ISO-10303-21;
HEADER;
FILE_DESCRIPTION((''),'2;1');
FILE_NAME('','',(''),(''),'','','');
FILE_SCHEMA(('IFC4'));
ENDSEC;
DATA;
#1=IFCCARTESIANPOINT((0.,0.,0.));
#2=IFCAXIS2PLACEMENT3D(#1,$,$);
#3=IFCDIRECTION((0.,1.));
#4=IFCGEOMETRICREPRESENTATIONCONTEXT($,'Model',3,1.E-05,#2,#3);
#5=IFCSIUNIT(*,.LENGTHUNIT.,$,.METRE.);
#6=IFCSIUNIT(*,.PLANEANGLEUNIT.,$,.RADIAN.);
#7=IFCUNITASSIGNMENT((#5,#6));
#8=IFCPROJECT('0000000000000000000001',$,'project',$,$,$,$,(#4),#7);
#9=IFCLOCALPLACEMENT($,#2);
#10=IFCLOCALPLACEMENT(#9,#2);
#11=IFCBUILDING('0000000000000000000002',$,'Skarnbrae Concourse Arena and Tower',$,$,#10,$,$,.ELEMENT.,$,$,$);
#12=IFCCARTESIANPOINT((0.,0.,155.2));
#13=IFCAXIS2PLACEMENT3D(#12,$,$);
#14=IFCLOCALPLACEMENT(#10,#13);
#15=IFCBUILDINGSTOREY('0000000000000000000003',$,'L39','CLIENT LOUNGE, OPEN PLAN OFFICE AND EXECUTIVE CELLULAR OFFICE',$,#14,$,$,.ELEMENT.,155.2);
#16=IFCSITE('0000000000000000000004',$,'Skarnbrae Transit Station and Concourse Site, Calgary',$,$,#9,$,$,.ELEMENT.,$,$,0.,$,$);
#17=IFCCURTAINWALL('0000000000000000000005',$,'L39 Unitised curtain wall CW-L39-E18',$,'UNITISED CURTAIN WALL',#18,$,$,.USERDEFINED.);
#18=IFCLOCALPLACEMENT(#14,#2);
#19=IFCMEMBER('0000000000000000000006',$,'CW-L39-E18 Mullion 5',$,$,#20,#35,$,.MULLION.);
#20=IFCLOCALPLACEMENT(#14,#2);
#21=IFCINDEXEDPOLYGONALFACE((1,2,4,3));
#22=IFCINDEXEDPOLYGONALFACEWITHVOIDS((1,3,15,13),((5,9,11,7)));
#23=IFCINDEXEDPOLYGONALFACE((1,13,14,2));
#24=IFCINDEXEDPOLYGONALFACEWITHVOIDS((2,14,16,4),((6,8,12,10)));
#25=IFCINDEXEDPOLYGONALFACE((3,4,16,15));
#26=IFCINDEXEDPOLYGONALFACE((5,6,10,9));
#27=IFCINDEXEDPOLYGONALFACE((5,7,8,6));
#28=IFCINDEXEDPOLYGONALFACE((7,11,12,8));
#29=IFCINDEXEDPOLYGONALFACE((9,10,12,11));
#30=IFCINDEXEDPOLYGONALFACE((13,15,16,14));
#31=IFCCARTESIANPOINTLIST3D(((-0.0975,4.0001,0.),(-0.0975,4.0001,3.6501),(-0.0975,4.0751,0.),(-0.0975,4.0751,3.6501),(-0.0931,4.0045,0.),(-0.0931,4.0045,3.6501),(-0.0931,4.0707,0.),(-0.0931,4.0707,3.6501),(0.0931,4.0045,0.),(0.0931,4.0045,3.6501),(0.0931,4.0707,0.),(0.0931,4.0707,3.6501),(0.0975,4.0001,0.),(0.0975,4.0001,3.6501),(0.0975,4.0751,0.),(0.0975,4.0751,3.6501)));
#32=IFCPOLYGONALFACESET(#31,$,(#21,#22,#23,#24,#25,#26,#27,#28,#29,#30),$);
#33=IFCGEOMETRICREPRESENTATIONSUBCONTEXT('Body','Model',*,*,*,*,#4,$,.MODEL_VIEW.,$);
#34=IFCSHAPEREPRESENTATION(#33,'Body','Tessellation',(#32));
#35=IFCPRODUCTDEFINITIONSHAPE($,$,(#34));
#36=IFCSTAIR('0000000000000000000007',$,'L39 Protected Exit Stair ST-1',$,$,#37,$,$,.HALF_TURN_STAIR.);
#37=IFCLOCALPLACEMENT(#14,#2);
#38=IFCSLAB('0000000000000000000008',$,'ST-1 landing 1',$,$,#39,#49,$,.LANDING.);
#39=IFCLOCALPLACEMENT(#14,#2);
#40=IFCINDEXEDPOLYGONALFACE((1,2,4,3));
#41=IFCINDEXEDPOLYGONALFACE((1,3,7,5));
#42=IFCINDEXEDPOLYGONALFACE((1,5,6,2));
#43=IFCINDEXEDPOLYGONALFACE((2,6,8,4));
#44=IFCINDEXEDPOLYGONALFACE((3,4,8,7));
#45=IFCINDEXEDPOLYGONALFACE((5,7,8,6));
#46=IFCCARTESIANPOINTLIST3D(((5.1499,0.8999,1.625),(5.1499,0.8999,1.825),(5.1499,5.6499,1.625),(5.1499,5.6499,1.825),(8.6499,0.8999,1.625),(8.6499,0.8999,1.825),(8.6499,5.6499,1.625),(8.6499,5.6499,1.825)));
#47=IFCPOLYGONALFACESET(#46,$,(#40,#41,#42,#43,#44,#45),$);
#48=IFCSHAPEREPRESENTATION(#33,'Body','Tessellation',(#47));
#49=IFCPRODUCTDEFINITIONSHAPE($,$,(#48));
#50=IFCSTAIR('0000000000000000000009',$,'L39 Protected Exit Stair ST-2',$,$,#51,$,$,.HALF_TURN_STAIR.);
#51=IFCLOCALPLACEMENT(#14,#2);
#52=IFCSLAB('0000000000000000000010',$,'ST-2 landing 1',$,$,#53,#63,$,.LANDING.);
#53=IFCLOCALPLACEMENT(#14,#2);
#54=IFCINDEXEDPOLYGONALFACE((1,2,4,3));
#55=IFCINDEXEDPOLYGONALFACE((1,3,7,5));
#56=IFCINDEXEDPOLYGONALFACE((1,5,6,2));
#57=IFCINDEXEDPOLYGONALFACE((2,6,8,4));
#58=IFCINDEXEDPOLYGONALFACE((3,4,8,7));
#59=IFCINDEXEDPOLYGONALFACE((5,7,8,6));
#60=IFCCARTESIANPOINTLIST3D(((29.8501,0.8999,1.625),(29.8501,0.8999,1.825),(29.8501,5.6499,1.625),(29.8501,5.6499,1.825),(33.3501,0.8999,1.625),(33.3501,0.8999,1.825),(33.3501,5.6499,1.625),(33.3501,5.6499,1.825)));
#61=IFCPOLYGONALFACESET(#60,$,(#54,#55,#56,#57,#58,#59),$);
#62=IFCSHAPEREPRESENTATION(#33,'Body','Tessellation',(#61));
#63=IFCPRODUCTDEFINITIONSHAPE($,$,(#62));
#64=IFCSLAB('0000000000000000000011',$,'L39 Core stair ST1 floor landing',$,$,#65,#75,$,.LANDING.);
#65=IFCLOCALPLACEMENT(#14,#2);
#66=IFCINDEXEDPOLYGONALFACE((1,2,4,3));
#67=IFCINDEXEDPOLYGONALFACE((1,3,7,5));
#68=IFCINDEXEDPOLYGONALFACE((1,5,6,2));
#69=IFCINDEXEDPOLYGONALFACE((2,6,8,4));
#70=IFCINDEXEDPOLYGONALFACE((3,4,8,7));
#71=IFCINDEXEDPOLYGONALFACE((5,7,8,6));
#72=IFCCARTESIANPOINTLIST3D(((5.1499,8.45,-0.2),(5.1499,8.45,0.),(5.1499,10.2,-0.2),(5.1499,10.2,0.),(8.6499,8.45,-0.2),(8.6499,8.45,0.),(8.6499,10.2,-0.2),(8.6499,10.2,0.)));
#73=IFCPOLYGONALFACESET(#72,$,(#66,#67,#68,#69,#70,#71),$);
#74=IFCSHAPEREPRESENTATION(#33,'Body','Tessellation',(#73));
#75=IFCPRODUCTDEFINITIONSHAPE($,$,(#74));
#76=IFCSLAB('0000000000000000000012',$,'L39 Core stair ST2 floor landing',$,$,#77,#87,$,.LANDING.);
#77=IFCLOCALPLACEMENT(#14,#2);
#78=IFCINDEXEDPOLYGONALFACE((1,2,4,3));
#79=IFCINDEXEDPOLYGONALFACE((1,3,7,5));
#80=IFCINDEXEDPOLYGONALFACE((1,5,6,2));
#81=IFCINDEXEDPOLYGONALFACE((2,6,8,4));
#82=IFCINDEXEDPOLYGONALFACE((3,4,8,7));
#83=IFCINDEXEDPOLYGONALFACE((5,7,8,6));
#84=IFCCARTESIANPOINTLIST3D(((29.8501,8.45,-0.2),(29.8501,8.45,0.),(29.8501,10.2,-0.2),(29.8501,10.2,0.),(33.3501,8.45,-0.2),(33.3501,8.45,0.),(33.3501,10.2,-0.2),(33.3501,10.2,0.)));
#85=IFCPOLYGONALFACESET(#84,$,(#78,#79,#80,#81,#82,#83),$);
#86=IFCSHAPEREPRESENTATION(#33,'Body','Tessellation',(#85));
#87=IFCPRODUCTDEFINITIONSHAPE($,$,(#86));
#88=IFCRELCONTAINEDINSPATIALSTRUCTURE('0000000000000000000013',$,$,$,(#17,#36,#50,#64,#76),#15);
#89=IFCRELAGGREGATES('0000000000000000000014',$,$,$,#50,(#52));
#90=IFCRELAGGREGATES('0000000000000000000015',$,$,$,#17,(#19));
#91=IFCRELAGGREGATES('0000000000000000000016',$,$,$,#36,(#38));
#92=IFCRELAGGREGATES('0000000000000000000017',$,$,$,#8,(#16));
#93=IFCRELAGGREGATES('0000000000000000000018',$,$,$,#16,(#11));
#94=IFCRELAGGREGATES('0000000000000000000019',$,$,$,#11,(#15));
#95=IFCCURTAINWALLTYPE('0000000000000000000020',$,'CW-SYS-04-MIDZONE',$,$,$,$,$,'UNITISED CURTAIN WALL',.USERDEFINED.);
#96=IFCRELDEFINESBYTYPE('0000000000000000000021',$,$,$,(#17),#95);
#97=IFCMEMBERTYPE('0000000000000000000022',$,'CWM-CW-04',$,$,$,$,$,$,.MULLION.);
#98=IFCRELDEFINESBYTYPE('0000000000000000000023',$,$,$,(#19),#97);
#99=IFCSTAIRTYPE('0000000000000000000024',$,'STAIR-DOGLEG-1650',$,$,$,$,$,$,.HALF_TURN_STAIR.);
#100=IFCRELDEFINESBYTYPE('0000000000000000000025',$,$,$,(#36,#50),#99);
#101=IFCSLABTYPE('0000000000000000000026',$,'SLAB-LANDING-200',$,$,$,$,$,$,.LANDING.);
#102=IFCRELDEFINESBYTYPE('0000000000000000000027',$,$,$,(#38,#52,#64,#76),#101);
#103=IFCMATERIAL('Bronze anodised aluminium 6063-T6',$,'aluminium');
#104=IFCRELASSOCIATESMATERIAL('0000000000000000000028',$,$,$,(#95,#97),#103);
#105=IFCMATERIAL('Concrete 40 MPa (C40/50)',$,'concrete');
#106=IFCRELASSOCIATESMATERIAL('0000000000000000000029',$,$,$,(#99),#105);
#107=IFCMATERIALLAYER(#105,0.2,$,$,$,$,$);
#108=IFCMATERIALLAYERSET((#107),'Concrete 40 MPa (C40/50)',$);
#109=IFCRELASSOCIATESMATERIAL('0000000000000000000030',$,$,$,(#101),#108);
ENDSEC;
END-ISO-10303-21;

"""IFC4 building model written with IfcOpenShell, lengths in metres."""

from ifc_helpers import new_model, si_unit, direction, frame, origin, origin_2d, place, context, subcontext, project, spatial, polyline, hollow_rectangle, outline, extrude, source, transform, mapped, material, layer, layer_set, material_profile, profile_set, type_object, element, aggregate, save


model = new_model("IFC4")

# Units and contexts
model_context = context("Model", 3, precision=1e-05, world=origin(), true_north=direction((0.0, 1.0)))
body_context = subcontext(model_context, "Body", "Model", "MODEL_VIEW")
ifc_project = project(units=[si_unit("LENGTHUNIT", "METRE"), si_unit("PLANEANGLEUNIT", "RADIAN")], contexts=[model_context])

# Site, building, storey
site_placement = place(None, origin())
site = spatial("IfcSite", under=ifc_project, at=site_placement, Name="Skarnbrae Transit Station and Concourse Site, Calgary", CompositionType="ELEMENT", RefElevation=0.0)
building_placement = place(site_placement, origin())
building = spatial("IfcBuilding", under=site, at=building_placement, Name="Skarnbrae Concourse Arena and Tower", CompositionType="ELEMENT")
storey_placement = place(building_placement, frame((0.0, 0.0, 155.2)))
storey = spatial("IfcBuildingStorey", under=building, at=storey_placement, Name="L39", Description="CLIENT LOUNGE, OPEN PLAN OFFICE AND EXECUTIVE CELLULAR OFFICE", CompositionType="ELEMENT", Elevation=155.2)

# Curtain wall, member
ifc_material_1 = material(Name="Bronze anodised aluminium 6063-T6", Category="aluminium")
curtain_wall_type = type_object("IfcCurtainWallType", Name="CW-SYS-04-MIDZONE", ElementType="UNITISED CURTAIN WALL", PredefinedType="USERDEFINED", material=ifc_material_1)
curtain_wall_placement = place(storey_placement, origin())
curtain_wall = element("IfcCurtainWall", 1, at=curtain_wall_placement, inside=storey, type_object=curtain_wall_type, Name="L39 Unitised curtain wall CW-L39-E18", ObjectType="UNITISED CURTAIN WALL", PredefinedType="USERDEFINED")
ifc_material_profile = material_profile(ifc_material_1, hollow_rectangle(XDim=0.075, YDim=0.1951, WallThickness=0.0044, at=origin_2d()), Name="ALU-MULL-75X195")
ifc_profile_set = profile_set([ifc_material_profile], Name="Bronze anodised aluminium 6063-T6")
member_type = type_object("IfcMemberType", Name="CWM-CW-04", PredefinedType="MULLION", material=ifc_profile_set)
shared_shape_1 = source(origin(), body_context, "Body", "SweptSolid", [
    extrude(hollow_rectangle(XDim=0.075, YDim=0.1951, WallThickness=0.0044, at=origin_2d()), origin(), (0.0, 0.0, 1.0), 3.6501),
])
member_placement = place(storey_placement, frame((0.0, 4.0376, 0.0), z_axis=(0.0, 0.0, 1.0), x_axis=(0.0, -1.0, 0.0)))
member = element("IfcMember", 2, at=member_placement, type_object=member_type, Name="CW-L39-E18 Mullion 5", PredefinedType="MULLION", context=body_context, shape_type="MappedRepresentation", body=[
    mapped(shared_shape_1, transform((0.0, 0.0, 0.0))),
])

# Stairs, slabs
ifc_material_2 = material(Name="Concrete 40 MPa (C40/50)", Category="concrete")
stair_type = type_object("IfcStairType", Name="STAIR-DOGLEG-1650", PredefinedType="HALF_TURN_STAIR", material=ifc_material_2)
stair_1_placement = place(storey_placement, origin())
stair_1 = element("IfcStair", 3, at=stair_1_placement, inside=storey, type_object=stair_type, Name="L39 Protected Exit Stair ST-1", PredefinedType="HALF_TURN_STAIR")
ifc_layer_1 = layer(ifc_material_2, 0.2)
ifc_layer_set_1 = layer_set([ifc_layer_1], Name="Concrete 40 MPa (C40/50)")
slab_type_1 = type_object("IfcSlabType", Name="SLAB-LANDING-200", PredefinedType="LANDING", material=ifc_layer_set_1)
slab_1_placement = place(storey_placement, frame((0.0, 0.0, 1.625)))
slab_1 = element("IfcSlab", 4, at=slab_1_placement, type_object=slab_type_1, Name="ST-1 landing 1", PredefinedType="LANDING", context=body_context, shape_type="SweptSolid", body=[
    extrude(outline(polyline([(5.1499, 5.6499), (5.1499, 0.8999), (8.6499, 0.8999), (8.6499, 5.6499), (5.1499, 5.6499)])), origin(), (0.0, 0.0, 1.0), 0.2),
])
stair_2_placement = place(storey_placement, origin())
stair_2 = element("IfcStair", 5, at=stair_2_placement, inside=storey, type_object=stair_type, Name="L39 Protected Exit Stair ST-2", PredefinedType="HALF_TURN_STAIR")
slab_2_placement = place(storey_placement, frame((0.0, 0.0, 1.625)))
slab_2 = element("IfcSlab", 6, at=slab_2_placement, type_object=slab_type_1, Name="ST-2 landing 1", PredefinedType="LANDING", context=body_context, shape_type="SweptSolid", body=[
    extrude(outline(polyline([(29.8501, 5.6499), (29.8501, 0.8999), (33.3501, 0.8999), (33.3501, 5.6499), (29.8501, 5.6499)])), origin(), (0.0, 0.0, 1.0), 0.2),
])
aggregate(stair_2, [slab_2])

# Slabs
slab_3_placement = place(storey_placement, frame((0.0, 0.0, -0.2)))
element("IfcSlab", 7, at=slab_3_placement, inside=storey, type_object=slab_type_1, Name="L39 Core stair ST1 floor landing", PredefinedType="LANDING", context=body_context, shape_type="SweptSolid", body=[
    extrude(outline(polyline([(5.1499, 10.2), (5.1499, 8.45), (8.6499, 8.45), (8.6499, 10.2), (5.1499, 10.2)])), origin(), (0.0, 0.0, 1.0), 0.2),
])
slab_4_placement = place(storey_placement, frame((0.0, 0.0, -0.2)))
element("IfcSlab", 8, at=slab_4_placement, inside=storey, type_object=slab_type_1, Name="L39 Core stair ST2 floor landing", PredefinedType="LANDING", context=body_context, shape_type="SweptSolid", body=[
    extrude(outline(polyline([(29.8501, 10.2), (29.8501, 8.45), (33.3501, 8.45), (33.3501, 10.2), (29.8501, 10.2)])), origin(), (0.0, 0.0, 1.0), 0.2),
])

aggregate(curtain_wall, [member])

aggregate(stair_1, [slab_1])

save(model, "model.ifc")
